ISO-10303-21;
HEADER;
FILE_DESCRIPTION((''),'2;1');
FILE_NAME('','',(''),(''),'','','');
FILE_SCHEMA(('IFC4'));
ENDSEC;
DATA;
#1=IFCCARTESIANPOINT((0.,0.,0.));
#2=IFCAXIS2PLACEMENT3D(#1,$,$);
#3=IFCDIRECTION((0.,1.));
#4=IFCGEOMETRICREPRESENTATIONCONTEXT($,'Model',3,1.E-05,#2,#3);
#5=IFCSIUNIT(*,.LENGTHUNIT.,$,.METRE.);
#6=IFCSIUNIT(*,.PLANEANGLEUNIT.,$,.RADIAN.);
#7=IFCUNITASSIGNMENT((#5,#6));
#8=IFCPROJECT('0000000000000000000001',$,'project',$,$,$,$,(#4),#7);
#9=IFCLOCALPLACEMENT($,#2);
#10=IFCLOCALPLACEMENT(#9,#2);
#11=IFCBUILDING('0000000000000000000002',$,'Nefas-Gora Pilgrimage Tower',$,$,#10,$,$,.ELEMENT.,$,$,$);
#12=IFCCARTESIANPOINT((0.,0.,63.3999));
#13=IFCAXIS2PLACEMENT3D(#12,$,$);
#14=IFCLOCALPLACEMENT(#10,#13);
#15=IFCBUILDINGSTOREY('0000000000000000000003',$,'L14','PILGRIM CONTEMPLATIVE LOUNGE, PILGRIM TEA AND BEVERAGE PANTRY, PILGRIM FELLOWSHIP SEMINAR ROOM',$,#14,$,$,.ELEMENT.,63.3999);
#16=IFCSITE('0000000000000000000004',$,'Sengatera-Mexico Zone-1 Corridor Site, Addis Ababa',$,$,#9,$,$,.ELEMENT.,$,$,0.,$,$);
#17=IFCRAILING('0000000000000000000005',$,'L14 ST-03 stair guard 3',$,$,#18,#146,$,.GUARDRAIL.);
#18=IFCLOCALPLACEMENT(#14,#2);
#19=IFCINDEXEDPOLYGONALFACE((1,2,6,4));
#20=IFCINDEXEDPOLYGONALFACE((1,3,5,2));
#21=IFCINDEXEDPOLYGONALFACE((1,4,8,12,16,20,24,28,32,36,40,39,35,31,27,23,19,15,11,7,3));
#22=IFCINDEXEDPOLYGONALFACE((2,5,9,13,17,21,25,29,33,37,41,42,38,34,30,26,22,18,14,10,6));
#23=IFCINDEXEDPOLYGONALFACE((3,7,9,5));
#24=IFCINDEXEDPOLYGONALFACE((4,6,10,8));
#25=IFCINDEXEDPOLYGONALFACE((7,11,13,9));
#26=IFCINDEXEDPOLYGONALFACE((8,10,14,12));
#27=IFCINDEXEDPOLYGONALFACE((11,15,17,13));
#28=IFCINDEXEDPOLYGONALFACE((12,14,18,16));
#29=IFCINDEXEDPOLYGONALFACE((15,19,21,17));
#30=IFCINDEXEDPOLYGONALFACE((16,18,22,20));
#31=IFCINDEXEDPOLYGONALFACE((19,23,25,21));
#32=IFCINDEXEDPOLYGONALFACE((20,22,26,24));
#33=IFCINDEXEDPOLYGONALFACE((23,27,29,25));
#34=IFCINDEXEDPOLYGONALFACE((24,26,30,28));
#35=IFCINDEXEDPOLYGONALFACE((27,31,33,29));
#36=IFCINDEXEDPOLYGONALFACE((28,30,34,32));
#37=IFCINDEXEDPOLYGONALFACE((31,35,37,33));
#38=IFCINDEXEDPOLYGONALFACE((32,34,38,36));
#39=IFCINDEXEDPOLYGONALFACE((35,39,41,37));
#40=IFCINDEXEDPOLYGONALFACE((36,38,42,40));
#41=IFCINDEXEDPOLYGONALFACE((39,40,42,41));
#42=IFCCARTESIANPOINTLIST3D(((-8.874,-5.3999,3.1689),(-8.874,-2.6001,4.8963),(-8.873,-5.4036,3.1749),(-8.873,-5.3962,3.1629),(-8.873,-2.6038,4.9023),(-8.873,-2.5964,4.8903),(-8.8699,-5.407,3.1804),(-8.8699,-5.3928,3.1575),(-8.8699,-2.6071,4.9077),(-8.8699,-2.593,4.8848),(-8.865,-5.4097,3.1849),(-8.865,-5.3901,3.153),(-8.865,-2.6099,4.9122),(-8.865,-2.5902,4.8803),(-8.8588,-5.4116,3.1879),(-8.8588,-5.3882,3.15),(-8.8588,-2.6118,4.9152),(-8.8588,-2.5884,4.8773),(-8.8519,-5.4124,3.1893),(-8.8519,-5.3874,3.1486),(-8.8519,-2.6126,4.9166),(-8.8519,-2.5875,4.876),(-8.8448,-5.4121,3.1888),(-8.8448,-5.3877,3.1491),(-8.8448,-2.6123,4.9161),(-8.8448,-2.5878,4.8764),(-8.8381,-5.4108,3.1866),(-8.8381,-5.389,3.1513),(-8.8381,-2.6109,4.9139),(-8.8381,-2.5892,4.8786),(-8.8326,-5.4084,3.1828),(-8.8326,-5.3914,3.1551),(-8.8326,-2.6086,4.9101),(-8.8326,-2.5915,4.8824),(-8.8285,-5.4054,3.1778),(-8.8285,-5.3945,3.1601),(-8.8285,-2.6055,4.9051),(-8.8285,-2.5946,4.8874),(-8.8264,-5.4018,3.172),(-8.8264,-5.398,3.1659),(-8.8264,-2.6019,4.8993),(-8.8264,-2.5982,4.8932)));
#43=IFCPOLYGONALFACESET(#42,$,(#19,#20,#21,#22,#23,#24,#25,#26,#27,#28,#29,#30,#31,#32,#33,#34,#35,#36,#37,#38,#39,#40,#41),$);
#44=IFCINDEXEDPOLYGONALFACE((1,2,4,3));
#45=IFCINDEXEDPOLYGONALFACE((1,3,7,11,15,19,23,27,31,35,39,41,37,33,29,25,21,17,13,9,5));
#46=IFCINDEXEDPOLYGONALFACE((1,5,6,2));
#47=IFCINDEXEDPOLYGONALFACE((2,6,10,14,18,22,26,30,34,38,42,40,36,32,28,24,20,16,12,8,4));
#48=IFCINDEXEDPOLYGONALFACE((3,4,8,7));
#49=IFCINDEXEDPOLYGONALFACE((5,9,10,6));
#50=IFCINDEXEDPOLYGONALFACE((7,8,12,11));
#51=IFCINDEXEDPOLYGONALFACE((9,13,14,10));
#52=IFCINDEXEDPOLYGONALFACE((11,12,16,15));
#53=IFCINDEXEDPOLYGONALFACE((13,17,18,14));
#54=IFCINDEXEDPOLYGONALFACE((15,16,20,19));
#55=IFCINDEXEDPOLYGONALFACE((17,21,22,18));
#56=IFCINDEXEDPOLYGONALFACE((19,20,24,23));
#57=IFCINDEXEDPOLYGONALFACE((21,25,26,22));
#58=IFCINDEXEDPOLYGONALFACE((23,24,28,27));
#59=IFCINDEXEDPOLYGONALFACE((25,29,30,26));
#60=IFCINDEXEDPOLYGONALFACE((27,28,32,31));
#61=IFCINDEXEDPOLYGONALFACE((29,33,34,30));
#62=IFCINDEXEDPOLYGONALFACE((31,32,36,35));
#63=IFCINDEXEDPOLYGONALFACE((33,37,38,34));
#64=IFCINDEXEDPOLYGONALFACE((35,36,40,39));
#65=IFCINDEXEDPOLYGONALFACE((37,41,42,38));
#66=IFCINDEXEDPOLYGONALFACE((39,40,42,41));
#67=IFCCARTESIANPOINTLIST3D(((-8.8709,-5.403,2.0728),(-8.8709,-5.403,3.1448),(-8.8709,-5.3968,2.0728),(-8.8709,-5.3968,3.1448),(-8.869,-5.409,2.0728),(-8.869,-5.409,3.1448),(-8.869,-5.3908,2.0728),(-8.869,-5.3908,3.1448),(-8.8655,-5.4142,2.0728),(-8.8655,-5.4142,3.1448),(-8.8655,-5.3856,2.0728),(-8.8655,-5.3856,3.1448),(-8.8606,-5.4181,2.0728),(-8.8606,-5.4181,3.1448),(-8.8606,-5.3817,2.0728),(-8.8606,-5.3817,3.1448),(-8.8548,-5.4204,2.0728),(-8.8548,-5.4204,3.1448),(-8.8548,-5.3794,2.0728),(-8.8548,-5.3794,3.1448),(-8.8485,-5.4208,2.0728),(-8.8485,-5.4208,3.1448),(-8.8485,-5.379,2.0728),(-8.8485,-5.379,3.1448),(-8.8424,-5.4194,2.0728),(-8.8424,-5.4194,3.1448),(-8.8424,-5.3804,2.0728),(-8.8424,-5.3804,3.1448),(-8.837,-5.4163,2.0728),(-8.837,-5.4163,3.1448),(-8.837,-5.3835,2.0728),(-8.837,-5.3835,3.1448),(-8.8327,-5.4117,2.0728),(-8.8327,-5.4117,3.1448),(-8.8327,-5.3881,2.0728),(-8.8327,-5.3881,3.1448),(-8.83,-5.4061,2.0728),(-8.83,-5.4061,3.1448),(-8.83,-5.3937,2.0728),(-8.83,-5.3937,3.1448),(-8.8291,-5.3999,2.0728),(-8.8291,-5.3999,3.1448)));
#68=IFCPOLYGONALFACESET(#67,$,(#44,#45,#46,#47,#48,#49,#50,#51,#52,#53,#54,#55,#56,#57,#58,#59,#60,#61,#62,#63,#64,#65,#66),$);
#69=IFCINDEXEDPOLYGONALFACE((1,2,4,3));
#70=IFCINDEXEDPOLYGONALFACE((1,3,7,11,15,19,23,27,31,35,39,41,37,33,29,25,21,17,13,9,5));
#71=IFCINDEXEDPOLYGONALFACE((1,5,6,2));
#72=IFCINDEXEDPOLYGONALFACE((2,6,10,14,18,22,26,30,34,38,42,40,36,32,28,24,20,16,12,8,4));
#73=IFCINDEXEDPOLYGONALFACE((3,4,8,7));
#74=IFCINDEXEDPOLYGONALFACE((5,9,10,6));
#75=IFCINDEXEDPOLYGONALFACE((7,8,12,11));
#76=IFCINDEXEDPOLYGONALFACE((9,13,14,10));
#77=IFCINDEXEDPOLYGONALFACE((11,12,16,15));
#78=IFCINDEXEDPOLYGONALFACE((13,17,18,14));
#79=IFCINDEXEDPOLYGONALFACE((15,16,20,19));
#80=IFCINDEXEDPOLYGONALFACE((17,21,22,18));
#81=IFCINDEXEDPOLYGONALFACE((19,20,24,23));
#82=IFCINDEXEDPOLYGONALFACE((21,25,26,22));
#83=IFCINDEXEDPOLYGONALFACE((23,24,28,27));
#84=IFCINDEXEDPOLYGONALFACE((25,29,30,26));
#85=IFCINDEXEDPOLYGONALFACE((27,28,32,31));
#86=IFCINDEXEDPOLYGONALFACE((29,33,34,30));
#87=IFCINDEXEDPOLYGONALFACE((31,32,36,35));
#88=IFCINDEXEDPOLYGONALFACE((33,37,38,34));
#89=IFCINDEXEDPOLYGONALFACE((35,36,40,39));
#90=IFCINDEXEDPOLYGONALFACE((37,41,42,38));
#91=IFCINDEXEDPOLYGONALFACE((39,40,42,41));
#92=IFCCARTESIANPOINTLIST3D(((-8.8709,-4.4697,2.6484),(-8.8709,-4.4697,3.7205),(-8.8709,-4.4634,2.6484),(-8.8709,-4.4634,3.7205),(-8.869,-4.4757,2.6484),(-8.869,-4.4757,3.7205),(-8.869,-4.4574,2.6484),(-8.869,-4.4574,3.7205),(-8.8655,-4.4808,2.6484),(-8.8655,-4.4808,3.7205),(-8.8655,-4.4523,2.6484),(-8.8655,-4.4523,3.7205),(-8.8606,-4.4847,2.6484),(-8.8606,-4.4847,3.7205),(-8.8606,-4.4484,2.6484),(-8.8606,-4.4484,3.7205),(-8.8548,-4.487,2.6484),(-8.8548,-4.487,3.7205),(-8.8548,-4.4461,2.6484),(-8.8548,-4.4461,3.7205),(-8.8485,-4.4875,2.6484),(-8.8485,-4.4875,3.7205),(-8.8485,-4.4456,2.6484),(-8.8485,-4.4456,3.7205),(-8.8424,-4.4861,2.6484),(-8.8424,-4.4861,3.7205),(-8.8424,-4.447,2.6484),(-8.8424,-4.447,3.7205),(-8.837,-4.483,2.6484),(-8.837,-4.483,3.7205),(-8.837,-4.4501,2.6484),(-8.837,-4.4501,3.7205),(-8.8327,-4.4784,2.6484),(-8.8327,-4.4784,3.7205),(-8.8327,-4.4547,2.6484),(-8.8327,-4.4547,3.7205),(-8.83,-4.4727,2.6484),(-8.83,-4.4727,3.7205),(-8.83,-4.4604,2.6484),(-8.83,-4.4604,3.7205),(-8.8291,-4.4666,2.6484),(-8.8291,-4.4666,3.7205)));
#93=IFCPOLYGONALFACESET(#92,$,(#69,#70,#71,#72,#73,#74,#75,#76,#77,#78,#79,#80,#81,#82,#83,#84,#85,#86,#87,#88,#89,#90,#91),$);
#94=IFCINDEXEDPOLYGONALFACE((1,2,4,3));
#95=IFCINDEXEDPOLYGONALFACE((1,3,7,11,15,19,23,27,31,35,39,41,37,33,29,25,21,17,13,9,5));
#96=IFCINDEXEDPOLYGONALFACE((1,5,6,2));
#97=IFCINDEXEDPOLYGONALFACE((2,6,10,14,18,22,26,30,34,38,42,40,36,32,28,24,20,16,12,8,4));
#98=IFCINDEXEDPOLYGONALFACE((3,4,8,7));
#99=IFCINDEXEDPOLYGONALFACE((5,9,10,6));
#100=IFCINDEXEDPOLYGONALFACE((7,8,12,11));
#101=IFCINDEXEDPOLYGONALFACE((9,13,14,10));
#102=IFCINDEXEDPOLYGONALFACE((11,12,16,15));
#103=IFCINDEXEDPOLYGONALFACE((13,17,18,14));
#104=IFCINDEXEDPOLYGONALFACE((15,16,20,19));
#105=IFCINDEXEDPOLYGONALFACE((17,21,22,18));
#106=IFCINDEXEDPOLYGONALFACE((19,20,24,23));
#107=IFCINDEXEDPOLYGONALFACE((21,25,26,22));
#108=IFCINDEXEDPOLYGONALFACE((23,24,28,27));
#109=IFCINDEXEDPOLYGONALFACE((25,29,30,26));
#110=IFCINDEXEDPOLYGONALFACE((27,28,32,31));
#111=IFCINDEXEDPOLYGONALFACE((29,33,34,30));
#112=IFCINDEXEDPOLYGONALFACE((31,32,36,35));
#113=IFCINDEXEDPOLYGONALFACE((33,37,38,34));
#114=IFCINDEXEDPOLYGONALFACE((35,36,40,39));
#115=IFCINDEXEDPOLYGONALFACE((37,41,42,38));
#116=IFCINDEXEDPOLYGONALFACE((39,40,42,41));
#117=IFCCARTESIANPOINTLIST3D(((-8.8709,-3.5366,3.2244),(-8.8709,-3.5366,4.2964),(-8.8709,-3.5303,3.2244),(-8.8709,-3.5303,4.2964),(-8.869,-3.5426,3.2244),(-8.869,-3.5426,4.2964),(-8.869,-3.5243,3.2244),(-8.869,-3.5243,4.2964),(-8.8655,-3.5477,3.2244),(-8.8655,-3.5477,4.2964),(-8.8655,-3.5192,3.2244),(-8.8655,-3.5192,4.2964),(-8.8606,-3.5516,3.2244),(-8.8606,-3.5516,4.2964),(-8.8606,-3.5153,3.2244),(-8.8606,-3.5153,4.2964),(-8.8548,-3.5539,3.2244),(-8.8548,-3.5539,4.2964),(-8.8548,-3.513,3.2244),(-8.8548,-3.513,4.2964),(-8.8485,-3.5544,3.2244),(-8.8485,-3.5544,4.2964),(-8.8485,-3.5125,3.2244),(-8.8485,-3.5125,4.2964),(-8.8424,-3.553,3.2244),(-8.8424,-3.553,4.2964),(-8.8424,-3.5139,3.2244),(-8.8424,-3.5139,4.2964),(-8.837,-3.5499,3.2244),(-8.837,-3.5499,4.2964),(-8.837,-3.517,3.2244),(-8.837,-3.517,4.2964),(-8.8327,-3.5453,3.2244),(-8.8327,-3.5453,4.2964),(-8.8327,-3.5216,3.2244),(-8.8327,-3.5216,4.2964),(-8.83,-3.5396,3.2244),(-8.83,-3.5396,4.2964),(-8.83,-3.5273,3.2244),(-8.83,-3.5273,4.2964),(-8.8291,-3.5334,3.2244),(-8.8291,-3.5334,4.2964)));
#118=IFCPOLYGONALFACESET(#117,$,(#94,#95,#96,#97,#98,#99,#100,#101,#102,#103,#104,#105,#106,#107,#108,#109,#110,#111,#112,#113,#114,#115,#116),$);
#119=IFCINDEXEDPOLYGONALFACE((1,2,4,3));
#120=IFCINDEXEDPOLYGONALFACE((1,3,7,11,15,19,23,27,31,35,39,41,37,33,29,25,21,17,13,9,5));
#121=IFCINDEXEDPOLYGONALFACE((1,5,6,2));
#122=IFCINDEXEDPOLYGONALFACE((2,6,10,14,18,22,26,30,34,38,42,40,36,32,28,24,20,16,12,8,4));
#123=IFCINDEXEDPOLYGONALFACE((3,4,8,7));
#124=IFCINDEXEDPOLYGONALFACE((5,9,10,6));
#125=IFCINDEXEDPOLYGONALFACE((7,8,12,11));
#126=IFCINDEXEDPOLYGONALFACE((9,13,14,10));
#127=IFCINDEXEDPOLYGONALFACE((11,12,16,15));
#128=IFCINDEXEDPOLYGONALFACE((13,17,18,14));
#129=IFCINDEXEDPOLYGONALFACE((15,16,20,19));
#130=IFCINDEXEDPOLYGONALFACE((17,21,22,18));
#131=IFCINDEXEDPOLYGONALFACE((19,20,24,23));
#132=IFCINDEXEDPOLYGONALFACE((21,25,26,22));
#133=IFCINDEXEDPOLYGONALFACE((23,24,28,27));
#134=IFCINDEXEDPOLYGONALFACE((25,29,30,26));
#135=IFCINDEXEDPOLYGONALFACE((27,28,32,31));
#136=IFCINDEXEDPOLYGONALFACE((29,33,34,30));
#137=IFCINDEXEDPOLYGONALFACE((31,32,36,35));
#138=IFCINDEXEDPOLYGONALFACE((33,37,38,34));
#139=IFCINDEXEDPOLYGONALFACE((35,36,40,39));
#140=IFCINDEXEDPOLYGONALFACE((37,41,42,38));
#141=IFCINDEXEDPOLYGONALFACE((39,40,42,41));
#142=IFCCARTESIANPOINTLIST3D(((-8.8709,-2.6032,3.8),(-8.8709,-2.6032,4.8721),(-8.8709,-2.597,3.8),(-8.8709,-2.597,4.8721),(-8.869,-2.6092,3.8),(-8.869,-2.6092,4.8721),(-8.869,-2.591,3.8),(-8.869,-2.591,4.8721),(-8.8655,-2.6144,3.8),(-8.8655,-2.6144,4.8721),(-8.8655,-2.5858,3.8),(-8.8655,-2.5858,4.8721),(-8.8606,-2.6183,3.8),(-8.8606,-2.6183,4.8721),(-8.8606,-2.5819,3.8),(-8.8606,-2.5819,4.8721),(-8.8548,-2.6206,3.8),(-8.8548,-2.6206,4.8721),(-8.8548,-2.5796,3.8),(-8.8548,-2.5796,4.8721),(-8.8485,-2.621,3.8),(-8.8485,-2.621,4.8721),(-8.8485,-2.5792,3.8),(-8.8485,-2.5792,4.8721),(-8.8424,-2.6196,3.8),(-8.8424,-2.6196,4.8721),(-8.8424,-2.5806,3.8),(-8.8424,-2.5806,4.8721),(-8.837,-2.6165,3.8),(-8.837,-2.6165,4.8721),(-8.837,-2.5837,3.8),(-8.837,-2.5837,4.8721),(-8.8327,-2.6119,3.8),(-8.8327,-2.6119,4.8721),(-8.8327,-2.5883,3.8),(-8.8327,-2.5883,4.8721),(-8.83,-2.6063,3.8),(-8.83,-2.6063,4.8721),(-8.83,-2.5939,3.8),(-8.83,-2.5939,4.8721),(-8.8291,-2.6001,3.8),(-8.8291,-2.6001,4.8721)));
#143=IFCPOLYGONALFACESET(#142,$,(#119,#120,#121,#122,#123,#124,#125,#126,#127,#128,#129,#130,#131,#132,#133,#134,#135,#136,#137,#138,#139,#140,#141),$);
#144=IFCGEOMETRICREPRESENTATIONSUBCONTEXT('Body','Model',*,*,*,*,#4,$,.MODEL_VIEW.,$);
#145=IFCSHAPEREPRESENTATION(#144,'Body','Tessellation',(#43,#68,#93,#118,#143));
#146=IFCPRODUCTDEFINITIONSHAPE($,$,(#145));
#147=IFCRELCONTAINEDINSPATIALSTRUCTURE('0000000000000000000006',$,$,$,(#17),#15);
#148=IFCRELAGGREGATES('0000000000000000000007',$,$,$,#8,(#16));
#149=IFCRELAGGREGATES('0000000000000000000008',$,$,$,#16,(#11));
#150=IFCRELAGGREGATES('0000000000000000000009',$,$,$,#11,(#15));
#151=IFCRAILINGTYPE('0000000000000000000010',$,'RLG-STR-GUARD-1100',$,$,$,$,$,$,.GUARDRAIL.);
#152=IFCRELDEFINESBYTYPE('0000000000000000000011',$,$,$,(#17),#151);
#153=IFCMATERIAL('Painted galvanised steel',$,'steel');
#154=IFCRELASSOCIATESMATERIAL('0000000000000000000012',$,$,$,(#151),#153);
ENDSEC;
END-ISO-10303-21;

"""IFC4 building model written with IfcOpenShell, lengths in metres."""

from ifc_helpers import new_model, si_unit, direction, frame, origin, origin_2d, place, context, subcontext, project, spatial, circle, extrude, material, type_object, element, save


model = new_model("IFC4")

# Units and contexts
model_context = context("Model", 3, precision=1e-05, world=origin(), true_north=direction((0.0, 1.0)))
body_context = subcontext(model_context, "Body", "Model", "MODEL_VIEW")
ifc_project = project(units=[si_unit("LENGTHUNIT", "METRE"), si_unit("PLANEANGLEUNIT", "RADIAN")], contexts=[model_context])

# Site, building, storey
site_placement = place(None, origin())
site = spatial("IfcSite", under=ifc_project, at=site_placement, Name="Sengatera-Mexico Zone-1 Corridor Site, Addis Ababa", CompositionType="ELEMENT", RefElevation=0.0)
building_placement = place(site_placement, origin())
building = spatial("IfcBuilding", under=site, at=building_placement, Name="Nefas-Gora Pilgrimage Tower", CompositionType="ELEMENT")
storey_placement = place(building_placement, frame((0.0, 0.0, 63.3999)))
storey = spatial("IfcBuildingStorey", under=building, at=storey_placement, Name="L14", Description="PILGRIM CONTEMPLATIVE LOUNGE, PILGRIM TEA AND BEVERAGE PANTRY, PILGRIM FELLOWSHIP SEMINAR ROOM", CompositionType="ELEMENT", Elevation=63.3999)

# Railing
ifc_material_1 = material(Name="Painted galvanised steel", Category="steel")
railing_type_1 = type_object("IfcRailingType", Name="RLG-STR-GUARD-1100", PredefinedType="GUARDRAIL", material=ifc_material_1)
railing_1_placement = place(storey_placement, frame((-8.8501, -5.3999, 2.0728)))
element("IfcRailing", 1, at=railing_1_placement, inside=storey, type_object=railing_type_1, Name="L14 ST-03 stair guard 3", PredefinedType="GUARDRAIL", context=body_context, shape_type="SweptSolid", body=[
    extrude(circle(Radius=0.0239, at=origin_2d()), frame((0.0, 0.0, 1.0962), z_axis=(0.0, 0.851069, 0.525054), x_axis=(-1.0, 0.0, 0.0)), (0.0, 0.0, 1.0), 3.2898),
    extrude(circle(Radius=0.021, at=origin_2d()), origin(), (0.0, 0.0, 1.0), 1.072),
    extrude(circle(Radius=0.021, at=origin_2d()), frame((0.0, 0.9333, 0.5757)), (0.0, 0.0, 1.0), 1.072),
    extrude(circle(Radius=0.021, at=origin_2d()), frame((0.0, 1.8665, 1.1516)), (0.0, 0.0, 1.0), 1.072),
    extrude(circle(Radius=0.021, at=origin_2d()), frame((0.0, 2.7998, 1.7273)), (0.0, 0.0, 1.0), 1.072),
])

save(model, "model.ifc")
